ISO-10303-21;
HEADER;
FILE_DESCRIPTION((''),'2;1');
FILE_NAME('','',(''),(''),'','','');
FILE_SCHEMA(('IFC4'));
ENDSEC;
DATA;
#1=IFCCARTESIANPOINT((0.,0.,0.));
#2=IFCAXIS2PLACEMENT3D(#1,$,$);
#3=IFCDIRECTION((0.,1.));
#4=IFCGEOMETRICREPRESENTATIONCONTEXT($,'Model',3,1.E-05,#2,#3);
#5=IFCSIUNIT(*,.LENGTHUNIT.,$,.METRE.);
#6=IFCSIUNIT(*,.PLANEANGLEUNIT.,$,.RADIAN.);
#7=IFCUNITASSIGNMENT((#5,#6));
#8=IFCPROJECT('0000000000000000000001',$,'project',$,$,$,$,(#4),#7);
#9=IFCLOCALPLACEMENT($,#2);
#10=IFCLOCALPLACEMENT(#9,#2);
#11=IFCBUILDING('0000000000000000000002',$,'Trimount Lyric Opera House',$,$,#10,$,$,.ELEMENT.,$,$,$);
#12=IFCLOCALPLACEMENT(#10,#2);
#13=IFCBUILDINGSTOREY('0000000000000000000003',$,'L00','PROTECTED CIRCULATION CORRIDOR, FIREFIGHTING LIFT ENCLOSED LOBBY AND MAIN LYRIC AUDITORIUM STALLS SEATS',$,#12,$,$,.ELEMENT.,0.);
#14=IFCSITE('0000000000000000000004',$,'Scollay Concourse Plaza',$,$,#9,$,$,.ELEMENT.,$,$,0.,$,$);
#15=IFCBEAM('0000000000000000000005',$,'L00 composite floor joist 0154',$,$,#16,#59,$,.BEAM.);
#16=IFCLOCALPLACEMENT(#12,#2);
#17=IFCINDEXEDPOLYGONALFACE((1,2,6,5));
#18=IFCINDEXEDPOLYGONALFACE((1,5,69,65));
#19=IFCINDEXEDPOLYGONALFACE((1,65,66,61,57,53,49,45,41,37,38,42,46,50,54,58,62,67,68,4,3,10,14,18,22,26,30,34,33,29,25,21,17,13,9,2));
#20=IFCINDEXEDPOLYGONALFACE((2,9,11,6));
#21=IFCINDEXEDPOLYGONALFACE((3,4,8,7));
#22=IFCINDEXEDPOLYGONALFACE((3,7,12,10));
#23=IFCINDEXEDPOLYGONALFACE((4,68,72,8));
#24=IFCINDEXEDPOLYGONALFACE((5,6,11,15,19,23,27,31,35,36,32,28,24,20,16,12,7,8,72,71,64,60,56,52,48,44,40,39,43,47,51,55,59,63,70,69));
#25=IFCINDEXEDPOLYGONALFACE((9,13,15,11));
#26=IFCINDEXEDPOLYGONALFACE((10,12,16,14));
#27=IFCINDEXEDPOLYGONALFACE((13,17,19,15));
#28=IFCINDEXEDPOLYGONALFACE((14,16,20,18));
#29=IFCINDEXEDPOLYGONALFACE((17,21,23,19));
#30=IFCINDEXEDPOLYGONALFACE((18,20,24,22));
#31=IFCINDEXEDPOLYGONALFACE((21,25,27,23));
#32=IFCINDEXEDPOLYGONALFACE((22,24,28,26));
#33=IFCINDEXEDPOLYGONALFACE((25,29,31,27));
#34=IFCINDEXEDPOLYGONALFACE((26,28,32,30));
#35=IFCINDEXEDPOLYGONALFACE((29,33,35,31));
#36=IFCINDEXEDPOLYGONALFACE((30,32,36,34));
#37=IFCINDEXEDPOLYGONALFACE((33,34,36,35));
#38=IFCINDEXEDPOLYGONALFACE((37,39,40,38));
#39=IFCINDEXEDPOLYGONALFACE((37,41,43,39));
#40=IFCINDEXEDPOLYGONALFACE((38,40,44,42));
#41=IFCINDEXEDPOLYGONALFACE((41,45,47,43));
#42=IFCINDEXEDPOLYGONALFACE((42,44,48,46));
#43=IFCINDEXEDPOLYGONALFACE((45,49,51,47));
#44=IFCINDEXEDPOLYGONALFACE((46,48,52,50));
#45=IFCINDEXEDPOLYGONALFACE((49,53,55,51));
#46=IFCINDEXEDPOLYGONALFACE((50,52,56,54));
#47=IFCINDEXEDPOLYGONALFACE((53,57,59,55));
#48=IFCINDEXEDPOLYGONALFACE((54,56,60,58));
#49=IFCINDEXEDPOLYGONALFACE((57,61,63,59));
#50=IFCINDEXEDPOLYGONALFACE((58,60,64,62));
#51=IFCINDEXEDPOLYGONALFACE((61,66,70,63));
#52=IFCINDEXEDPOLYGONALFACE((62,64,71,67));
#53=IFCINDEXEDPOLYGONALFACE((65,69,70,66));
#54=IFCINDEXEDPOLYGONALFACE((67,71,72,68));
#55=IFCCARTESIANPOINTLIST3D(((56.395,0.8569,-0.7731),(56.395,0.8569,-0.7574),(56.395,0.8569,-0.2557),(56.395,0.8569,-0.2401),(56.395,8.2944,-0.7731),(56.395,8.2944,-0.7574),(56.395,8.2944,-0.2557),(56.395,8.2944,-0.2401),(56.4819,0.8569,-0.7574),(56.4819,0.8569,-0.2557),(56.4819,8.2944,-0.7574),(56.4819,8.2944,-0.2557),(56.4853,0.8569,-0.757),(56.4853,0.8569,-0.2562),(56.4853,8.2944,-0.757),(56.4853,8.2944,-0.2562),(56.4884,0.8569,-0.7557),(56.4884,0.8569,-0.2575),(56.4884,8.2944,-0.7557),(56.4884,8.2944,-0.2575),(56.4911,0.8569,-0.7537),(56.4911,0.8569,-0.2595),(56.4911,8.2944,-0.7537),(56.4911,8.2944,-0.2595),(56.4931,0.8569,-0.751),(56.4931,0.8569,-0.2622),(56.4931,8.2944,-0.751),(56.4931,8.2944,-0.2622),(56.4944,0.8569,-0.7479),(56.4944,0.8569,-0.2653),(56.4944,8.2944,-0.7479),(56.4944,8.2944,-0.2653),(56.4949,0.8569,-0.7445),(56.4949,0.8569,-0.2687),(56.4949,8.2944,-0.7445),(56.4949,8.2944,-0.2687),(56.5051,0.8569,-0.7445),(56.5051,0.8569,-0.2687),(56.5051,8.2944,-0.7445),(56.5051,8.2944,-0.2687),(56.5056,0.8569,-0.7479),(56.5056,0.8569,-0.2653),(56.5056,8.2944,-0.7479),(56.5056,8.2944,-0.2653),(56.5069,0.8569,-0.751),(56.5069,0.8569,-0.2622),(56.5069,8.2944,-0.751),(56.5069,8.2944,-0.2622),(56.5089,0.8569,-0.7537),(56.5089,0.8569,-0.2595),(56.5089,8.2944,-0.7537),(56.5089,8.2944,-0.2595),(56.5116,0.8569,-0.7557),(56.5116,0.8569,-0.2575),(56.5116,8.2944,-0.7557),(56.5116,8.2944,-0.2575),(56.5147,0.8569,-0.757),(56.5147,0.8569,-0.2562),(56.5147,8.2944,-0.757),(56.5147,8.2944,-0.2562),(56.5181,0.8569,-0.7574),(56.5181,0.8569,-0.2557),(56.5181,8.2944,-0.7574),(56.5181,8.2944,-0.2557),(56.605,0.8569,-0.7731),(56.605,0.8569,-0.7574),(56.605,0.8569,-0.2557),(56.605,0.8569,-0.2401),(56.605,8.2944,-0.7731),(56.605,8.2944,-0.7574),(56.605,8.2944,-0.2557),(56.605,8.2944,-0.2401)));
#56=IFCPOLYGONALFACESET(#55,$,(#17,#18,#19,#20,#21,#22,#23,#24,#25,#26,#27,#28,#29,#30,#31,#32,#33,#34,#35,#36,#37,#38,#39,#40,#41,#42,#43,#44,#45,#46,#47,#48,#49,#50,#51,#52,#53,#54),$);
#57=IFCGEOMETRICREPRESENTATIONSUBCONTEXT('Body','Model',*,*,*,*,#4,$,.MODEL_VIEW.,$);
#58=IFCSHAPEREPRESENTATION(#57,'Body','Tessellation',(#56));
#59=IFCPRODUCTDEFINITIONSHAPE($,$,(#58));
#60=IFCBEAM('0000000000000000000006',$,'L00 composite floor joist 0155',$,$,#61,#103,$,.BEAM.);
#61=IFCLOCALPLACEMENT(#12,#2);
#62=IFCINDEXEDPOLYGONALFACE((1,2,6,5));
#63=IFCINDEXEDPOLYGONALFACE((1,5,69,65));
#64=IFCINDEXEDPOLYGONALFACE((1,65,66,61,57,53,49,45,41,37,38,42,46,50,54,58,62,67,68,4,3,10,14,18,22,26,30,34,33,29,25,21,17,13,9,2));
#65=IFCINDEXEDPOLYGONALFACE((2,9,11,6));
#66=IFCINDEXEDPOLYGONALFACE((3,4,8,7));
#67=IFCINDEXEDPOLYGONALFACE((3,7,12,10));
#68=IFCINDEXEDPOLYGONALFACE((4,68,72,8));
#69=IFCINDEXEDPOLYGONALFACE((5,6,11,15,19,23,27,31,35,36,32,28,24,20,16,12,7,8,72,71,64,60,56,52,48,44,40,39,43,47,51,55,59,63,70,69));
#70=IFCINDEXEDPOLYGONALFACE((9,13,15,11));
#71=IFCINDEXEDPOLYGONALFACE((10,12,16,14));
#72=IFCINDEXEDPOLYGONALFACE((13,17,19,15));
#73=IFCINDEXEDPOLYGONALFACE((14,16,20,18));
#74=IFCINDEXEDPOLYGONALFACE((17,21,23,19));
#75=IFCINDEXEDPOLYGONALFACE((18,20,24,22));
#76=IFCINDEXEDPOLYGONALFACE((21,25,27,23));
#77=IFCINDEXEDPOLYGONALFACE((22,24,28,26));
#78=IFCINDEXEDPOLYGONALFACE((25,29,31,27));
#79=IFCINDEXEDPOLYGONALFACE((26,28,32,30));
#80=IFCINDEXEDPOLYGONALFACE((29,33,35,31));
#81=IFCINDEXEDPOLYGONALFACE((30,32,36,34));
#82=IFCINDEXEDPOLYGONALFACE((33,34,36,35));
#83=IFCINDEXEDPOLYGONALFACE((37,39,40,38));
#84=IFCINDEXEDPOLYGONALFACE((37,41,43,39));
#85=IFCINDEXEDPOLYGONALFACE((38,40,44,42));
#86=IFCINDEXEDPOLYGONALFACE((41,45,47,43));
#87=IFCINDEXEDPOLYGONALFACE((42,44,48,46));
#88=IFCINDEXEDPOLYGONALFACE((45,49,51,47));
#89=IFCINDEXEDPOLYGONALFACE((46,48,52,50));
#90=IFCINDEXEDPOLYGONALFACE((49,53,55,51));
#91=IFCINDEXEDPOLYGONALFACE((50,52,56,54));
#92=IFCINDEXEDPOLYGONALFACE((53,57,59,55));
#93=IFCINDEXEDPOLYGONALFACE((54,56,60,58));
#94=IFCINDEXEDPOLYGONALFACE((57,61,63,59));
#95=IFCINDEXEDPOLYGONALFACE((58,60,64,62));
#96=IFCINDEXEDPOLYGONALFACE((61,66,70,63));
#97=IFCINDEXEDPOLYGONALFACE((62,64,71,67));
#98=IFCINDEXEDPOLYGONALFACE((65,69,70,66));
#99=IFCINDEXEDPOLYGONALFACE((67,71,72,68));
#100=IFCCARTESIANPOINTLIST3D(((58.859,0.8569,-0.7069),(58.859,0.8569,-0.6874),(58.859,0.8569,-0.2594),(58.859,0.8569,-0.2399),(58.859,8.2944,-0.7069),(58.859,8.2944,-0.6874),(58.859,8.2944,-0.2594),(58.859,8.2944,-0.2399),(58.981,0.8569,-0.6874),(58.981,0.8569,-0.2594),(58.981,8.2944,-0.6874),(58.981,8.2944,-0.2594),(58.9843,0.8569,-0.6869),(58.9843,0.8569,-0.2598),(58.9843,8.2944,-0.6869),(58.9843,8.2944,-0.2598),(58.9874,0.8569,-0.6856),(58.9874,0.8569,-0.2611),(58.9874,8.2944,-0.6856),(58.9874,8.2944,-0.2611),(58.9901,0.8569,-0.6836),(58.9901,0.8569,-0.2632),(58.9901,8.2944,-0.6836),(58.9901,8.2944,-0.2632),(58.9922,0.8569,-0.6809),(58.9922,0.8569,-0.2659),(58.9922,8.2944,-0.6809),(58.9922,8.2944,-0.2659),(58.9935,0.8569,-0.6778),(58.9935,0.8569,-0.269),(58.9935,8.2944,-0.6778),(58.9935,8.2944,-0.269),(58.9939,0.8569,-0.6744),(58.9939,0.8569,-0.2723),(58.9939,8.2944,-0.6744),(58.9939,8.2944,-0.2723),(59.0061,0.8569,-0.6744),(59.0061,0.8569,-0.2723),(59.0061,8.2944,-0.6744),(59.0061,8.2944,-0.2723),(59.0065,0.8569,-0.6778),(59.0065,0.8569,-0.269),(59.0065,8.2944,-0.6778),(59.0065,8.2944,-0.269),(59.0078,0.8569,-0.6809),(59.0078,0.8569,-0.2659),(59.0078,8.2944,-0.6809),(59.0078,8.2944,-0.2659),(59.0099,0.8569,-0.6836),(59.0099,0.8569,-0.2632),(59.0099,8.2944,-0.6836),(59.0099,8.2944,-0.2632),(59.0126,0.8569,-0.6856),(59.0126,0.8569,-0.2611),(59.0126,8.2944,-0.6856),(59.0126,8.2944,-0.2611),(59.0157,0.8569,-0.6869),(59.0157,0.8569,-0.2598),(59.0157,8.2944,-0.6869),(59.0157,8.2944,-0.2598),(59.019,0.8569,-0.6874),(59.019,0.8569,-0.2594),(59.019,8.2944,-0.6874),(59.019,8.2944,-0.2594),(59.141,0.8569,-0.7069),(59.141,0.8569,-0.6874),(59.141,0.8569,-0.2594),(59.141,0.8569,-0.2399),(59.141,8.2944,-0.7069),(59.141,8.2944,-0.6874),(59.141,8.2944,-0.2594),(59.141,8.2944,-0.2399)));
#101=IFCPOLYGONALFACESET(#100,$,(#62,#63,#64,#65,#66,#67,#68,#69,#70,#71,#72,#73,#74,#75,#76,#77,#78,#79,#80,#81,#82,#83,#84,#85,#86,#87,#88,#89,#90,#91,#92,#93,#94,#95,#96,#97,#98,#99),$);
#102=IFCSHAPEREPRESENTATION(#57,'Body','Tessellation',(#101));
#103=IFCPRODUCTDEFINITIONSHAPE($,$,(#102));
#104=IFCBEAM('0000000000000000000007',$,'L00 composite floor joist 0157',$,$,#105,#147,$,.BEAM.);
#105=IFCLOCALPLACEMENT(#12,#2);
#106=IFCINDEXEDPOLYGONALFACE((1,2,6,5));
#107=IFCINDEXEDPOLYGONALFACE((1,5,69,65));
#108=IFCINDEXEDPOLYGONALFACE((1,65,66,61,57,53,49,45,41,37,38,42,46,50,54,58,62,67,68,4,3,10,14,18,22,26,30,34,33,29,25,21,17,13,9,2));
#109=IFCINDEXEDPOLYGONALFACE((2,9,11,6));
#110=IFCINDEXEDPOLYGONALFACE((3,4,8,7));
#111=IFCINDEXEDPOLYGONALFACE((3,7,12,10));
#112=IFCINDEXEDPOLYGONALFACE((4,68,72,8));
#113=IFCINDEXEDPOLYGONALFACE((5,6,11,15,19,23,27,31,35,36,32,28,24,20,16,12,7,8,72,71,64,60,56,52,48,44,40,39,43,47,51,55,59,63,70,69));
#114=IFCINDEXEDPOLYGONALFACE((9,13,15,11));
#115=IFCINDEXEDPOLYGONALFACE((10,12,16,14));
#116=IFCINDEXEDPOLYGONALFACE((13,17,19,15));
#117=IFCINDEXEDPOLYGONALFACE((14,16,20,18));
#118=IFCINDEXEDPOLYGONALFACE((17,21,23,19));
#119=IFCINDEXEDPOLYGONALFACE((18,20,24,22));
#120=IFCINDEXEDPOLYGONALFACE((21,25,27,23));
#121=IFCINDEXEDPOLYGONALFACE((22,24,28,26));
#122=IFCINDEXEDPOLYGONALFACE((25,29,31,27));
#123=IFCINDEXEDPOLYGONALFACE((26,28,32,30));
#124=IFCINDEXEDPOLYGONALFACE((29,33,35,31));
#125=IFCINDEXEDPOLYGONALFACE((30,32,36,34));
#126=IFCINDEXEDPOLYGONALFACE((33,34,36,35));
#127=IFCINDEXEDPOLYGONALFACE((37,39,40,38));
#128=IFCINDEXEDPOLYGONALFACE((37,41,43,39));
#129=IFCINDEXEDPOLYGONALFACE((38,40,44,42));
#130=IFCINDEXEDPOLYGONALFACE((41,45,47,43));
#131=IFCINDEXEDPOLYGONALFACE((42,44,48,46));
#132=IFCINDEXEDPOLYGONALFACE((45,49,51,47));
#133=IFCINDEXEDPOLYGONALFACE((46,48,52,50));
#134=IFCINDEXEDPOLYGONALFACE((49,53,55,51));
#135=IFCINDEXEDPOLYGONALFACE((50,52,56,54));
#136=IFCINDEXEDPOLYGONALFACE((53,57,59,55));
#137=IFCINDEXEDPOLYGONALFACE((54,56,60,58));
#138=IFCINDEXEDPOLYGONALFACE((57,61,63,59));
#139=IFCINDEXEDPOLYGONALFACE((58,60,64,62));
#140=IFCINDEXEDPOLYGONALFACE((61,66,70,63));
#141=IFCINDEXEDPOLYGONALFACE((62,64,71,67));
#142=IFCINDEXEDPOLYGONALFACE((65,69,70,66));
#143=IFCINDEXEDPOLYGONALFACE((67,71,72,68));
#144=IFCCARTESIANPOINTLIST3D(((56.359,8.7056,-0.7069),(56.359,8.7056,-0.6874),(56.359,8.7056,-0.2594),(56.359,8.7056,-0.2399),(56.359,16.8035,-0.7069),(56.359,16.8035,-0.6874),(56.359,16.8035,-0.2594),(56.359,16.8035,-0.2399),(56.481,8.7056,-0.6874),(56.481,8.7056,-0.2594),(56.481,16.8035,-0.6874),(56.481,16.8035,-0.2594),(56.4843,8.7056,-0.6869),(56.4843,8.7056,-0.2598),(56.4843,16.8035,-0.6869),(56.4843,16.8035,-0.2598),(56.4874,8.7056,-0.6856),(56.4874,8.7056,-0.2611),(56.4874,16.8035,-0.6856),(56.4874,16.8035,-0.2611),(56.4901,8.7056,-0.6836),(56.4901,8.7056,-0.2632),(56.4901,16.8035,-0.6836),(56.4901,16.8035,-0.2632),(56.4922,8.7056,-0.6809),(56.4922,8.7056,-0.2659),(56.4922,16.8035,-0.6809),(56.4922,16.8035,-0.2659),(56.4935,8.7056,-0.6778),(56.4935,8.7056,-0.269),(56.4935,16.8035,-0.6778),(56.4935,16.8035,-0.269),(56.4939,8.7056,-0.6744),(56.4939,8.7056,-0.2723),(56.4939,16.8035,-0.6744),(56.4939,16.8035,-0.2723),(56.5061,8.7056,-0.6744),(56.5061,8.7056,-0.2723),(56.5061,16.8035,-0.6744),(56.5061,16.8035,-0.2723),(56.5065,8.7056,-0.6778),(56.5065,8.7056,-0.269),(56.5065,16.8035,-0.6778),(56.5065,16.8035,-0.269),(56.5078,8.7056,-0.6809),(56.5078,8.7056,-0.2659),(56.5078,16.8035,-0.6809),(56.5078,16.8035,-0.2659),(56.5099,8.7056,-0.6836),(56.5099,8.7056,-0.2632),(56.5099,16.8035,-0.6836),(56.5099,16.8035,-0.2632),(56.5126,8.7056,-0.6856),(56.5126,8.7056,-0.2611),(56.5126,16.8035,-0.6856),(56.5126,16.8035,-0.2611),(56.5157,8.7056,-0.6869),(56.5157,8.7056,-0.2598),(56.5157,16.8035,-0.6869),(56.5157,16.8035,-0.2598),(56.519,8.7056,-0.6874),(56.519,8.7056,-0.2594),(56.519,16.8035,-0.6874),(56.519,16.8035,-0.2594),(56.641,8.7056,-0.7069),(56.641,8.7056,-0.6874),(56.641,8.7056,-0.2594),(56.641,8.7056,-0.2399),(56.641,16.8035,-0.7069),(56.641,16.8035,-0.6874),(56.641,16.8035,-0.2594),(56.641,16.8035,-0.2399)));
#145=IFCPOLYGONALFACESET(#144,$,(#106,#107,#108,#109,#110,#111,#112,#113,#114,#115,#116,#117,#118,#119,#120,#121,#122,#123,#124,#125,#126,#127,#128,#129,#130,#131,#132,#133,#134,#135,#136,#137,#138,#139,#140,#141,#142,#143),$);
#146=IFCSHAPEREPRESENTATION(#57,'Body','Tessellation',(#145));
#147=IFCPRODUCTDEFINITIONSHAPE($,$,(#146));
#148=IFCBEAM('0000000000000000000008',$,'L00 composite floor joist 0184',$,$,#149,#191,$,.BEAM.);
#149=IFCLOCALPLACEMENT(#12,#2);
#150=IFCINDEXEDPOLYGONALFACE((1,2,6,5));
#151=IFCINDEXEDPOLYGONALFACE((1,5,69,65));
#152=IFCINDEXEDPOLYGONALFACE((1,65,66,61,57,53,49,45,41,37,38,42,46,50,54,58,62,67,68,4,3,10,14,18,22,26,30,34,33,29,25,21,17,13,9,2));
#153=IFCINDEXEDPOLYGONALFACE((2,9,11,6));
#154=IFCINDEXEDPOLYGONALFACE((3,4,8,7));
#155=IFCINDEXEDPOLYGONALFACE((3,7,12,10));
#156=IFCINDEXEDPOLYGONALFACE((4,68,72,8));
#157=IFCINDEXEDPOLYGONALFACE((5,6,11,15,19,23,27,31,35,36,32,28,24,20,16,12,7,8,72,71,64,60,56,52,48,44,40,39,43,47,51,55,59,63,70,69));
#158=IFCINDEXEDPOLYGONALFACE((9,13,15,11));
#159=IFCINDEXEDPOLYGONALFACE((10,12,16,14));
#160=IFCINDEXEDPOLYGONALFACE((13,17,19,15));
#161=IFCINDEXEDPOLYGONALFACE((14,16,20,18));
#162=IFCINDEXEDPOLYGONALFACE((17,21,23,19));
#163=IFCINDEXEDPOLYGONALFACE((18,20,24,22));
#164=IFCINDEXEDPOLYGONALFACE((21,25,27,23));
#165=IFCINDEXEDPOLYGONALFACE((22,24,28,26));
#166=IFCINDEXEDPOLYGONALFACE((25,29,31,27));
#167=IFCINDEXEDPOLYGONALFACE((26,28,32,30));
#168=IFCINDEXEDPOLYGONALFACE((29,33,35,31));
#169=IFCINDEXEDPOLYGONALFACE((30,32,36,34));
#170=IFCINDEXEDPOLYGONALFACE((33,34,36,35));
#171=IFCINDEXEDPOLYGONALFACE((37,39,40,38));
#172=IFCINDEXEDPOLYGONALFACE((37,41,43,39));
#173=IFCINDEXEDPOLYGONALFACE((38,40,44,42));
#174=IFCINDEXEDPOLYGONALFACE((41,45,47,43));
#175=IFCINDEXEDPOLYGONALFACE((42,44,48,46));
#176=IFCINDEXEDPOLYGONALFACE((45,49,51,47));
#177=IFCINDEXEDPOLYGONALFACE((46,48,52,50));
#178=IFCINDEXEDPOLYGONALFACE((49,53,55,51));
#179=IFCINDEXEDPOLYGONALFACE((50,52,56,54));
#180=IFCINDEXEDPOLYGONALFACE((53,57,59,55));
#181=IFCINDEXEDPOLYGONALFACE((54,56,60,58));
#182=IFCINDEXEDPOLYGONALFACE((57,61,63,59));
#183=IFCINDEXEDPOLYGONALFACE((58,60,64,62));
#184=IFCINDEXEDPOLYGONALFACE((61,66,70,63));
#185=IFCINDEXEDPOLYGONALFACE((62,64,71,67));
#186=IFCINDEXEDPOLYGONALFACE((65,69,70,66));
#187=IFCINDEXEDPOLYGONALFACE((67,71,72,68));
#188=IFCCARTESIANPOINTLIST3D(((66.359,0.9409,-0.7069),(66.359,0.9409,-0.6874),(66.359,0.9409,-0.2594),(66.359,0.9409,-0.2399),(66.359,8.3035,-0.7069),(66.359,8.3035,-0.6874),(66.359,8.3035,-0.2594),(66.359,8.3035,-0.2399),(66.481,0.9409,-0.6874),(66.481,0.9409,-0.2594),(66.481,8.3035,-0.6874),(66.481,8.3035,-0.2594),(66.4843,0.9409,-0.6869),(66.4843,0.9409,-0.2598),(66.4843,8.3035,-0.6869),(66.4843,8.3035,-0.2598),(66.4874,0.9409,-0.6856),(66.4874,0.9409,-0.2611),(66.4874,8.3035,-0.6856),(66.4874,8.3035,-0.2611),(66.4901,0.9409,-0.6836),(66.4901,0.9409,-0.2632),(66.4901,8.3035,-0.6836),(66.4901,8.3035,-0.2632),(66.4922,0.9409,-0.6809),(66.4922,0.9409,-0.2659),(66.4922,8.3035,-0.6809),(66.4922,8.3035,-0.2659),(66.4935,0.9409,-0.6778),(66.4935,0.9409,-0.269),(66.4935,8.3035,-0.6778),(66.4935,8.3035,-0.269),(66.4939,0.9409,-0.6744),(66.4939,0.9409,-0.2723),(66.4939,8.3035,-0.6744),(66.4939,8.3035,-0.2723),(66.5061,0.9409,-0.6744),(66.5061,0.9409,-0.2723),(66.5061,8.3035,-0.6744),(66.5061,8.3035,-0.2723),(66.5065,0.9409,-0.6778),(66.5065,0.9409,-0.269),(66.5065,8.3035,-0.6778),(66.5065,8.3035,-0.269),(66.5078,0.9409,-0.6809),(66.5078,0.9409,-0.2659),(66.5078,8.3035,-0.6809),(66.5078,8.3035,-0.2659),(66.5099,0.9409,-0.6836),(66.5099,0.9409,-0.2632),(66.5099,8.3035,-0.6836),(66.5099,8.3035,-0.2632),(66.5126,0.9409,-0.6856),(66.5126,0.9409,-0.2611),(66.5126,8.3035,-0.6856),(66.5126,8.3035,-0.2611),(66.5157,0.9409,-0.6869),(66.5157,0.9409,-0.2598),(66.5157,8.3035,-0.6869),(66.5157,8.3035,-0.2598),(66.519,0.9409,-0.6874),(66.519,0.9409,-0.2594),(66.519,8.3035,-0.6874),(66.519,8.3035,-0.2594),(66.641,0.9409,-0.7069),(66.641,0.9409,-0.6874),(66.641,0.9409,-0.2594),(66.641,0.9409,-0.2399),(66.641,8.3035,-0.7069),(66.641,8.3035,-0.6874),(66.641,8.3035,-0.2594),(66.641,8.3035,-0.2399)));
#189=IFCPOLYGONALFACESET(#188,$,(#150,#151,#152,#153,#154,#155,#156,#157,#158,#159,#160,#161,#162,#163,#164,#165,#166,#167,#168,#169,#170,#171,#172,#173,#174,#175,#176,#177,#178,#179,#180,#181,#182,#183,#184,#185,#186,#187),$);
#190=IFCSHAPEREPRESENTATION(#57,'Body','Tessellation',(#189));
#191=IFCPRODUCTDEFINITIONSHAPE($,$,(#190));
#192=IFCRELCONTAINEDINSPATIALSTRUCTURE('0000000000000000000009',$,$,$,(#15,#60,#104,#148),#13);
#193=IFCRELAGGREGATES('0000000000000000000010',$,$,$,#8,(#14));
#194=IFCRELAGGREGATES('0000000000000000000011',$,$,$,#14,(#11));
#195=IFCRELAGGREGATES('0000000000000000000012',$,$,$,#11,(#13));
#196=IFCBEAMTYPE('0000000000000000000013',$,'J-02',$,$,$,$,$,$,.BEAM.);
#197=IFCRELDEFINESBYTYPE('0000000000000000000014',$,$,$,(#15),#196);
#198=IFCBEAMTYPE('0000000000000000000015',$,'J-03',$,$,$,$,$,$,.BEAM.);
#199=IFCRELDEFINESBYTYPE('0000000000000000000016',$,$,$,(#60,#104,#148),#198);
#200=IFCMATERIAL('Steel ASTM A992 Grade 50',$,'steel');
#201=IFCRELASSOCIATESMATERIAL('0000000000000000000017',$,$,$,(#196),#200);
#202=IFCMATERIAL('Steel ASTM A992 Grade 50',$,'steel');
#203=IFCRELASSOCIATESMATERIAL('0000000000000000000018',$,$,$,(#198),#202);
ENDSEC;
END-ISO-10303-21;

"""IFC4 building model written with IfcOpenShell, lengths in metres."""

from ifc_helpers import new_model, si_unit, direction, frame, origin, origin_2d, place, context, subcontext, project, spatial, i_section, extrude, material, material_profile, profile_set, type_object, element, save


model = new_model("IFC4")

# Units and contexts
model_context = context("Model", 3, precision=1e-05, world=origin(), true_north=direction((0.0, 1.0)))
body_context = subcontext(model_context, "Body", "Model", "MODEL_VIEW")
ifc_project = project(units=[si_unit("LENGTHUNIT", "METRE"), si_unit("PLANEANGLEUNIT", "RADIAN")], contexts=[model_context])

# Site, building, storey
site_placement = place(None, origin())
site = spatial("IfcSite", under=ifc_project, at=site_placement, Name="Scollay Concourse Plaza", CompositionType="ELEMENT", RefElevation=0.0)
building_placement = place(site_placement, origin())
building = spatial("IfcBuilding", under=site, at=building_placement, Name="Trimount Lyric Opera House", CompositionType="ELEMENT")
storey_placement = place(building_placement, origin())
storey = spatial("IfcBuildingStorey", under=building, at=storey_placement, Name="L00", Description="PROTECTED CIRCULATION CORRIDOR, FIREFIGHTING LIFT ENCLOSED LOBBY AND MAIN LYRIC AUDITORIUM STALLS SEATS", CompositionType="ELEMENT", Elevation=0.0)

# Beams
ifc_material_1 = material(Name="Steel ASTM A992 Grade 50", Category="steel")
ifc_material_profile_1 = material_profile(ifc_material_1, i_section(OverallWidth=0.21, OverallDepth=0.533, WebThickness=0.0103, FlangeThickness=0.0156, FilletRadius=0.0129, at=origin_2d()), Name="W21X62")
ifc_profile_set_1 = profile_set([ifc_material_profile_1], Name="Steel ASTM A992 Grade 50")
beam_type_1 = type_object("IfcBeamType", Name="J-02", PredefinedType="BEAM", material=ifc_profile_set_1)
beam_1_placement = place(storey_placement, frame((56.5, 0.8569, -0.5066), z_axis=(0.0, 1.0, 0.0), x_axis=(-1.0, 0.0, 0.0)))
element("IfcBeam", 1, at=beam_1_placement, inside=storey, type_object=beam_type_1, Name="L00 composite floor joist 0154", PredefinedType="BEAM", context=body_context, shape_type="SweptSolid", body=[
    extrude(i_section(OverallWidth=0.21, OverallDepth=0.533, WebThickness=0.0103, FlangeThickness=0.0156, FilletRadius=0.0129, at=origin_2d()), origin(), (0.0, 0.0, 1.0), 7.4375),
])
ifc_material_2 = material(Name="Steel ASTM A992 Grade 50", Category="steel")
ifc_material_profile_2 = material_profile(ifc_material_2, i_section(OverallWidth=0.282, OverallDepth=0.467, WebThickness=0.0122, FlangeThickness=0.0195, FilletRadius=0.0129, at=origin_2d()), Name="W18X86")
ifc_profile_set_2 = profile_set([ifc_material_profile_2], Name="Steel ASTM A992 Grade 50")
beam_type_2 = type_object("IfcBeamType", Name="J-03", PredefinedType="BEAM", material=ifc_profile_set_2)
beam_2_placement = place(storey_placement, frame((59.0, 0.8569, -0.4734), z_axis=(0.0, 1.0, 0.0), x_axis=(-1.0, 0.0, 0.0)))
element("IfcBeam", 2, at=beam_2_placement, inside=storey, type_object=beam_type_2, Name="L00 composite floor joist 0155", PredefinedType="BEAM", context=body_context, shape_type="SweptSolid", body=[
    extrude(i_section(OverallWidth=0.282, OverallDepth=0.467, WebThickness=0.0122, FlangeThickness=0.0195, FilletRadius=0.0129, at=origin_2d()), origin(), (0.0, 0.0, 1.0), 7.4375),
])
beam_3_placement = place(storey_placement, frame((56.5, 8.7056, -0.4734), z_axis=(0.0, 1.0, 0.0), x_axis=(-1.0, 0.0, 0.0)))
element("IfcBeam", 3, at=beam_3_placement, inside=storey, type_object=beam_type_2, Name="L00 composite floor joist 0157", PredefinedType="BEAM", context=body_context, shape_type="SweptSolid", body=[
    extrude(i_section(OverallWidth=0.282, OverallDepth=0.467, WebThickness=0.0122, FlangeThickness=0.0195, FilletRadius=0.0129, at=origin_2d()), origin(), (0.0, 0.0, 1.0), 8.0979),
])
beam_4_placement = place(storey_placement, frame((66.5, 0.9409, -0.4734), z_axis=(0.0, 1.0, 0.0), x_axis=(-1.0, 0.0, 0.0)))
element("IfcBeam", 4, at=beam_4_placement, inside=storey, type_object=beam_type_2, Name="L00 composite floor joist 0184", PredefinedType="BEAM", context=body_context, shape_type="SweptSolid", body=[
    extrude(i_section(OverallWidth=0.282, OverallDepth=0.467, WebThickness=0.0122, FlangeThickness=0.0195, FilletRadius=0.0129, at=origin_2d()), origin(), (0.0, 0.0, 1.0), 7.3625),
])

save(model, "model.ifc")
